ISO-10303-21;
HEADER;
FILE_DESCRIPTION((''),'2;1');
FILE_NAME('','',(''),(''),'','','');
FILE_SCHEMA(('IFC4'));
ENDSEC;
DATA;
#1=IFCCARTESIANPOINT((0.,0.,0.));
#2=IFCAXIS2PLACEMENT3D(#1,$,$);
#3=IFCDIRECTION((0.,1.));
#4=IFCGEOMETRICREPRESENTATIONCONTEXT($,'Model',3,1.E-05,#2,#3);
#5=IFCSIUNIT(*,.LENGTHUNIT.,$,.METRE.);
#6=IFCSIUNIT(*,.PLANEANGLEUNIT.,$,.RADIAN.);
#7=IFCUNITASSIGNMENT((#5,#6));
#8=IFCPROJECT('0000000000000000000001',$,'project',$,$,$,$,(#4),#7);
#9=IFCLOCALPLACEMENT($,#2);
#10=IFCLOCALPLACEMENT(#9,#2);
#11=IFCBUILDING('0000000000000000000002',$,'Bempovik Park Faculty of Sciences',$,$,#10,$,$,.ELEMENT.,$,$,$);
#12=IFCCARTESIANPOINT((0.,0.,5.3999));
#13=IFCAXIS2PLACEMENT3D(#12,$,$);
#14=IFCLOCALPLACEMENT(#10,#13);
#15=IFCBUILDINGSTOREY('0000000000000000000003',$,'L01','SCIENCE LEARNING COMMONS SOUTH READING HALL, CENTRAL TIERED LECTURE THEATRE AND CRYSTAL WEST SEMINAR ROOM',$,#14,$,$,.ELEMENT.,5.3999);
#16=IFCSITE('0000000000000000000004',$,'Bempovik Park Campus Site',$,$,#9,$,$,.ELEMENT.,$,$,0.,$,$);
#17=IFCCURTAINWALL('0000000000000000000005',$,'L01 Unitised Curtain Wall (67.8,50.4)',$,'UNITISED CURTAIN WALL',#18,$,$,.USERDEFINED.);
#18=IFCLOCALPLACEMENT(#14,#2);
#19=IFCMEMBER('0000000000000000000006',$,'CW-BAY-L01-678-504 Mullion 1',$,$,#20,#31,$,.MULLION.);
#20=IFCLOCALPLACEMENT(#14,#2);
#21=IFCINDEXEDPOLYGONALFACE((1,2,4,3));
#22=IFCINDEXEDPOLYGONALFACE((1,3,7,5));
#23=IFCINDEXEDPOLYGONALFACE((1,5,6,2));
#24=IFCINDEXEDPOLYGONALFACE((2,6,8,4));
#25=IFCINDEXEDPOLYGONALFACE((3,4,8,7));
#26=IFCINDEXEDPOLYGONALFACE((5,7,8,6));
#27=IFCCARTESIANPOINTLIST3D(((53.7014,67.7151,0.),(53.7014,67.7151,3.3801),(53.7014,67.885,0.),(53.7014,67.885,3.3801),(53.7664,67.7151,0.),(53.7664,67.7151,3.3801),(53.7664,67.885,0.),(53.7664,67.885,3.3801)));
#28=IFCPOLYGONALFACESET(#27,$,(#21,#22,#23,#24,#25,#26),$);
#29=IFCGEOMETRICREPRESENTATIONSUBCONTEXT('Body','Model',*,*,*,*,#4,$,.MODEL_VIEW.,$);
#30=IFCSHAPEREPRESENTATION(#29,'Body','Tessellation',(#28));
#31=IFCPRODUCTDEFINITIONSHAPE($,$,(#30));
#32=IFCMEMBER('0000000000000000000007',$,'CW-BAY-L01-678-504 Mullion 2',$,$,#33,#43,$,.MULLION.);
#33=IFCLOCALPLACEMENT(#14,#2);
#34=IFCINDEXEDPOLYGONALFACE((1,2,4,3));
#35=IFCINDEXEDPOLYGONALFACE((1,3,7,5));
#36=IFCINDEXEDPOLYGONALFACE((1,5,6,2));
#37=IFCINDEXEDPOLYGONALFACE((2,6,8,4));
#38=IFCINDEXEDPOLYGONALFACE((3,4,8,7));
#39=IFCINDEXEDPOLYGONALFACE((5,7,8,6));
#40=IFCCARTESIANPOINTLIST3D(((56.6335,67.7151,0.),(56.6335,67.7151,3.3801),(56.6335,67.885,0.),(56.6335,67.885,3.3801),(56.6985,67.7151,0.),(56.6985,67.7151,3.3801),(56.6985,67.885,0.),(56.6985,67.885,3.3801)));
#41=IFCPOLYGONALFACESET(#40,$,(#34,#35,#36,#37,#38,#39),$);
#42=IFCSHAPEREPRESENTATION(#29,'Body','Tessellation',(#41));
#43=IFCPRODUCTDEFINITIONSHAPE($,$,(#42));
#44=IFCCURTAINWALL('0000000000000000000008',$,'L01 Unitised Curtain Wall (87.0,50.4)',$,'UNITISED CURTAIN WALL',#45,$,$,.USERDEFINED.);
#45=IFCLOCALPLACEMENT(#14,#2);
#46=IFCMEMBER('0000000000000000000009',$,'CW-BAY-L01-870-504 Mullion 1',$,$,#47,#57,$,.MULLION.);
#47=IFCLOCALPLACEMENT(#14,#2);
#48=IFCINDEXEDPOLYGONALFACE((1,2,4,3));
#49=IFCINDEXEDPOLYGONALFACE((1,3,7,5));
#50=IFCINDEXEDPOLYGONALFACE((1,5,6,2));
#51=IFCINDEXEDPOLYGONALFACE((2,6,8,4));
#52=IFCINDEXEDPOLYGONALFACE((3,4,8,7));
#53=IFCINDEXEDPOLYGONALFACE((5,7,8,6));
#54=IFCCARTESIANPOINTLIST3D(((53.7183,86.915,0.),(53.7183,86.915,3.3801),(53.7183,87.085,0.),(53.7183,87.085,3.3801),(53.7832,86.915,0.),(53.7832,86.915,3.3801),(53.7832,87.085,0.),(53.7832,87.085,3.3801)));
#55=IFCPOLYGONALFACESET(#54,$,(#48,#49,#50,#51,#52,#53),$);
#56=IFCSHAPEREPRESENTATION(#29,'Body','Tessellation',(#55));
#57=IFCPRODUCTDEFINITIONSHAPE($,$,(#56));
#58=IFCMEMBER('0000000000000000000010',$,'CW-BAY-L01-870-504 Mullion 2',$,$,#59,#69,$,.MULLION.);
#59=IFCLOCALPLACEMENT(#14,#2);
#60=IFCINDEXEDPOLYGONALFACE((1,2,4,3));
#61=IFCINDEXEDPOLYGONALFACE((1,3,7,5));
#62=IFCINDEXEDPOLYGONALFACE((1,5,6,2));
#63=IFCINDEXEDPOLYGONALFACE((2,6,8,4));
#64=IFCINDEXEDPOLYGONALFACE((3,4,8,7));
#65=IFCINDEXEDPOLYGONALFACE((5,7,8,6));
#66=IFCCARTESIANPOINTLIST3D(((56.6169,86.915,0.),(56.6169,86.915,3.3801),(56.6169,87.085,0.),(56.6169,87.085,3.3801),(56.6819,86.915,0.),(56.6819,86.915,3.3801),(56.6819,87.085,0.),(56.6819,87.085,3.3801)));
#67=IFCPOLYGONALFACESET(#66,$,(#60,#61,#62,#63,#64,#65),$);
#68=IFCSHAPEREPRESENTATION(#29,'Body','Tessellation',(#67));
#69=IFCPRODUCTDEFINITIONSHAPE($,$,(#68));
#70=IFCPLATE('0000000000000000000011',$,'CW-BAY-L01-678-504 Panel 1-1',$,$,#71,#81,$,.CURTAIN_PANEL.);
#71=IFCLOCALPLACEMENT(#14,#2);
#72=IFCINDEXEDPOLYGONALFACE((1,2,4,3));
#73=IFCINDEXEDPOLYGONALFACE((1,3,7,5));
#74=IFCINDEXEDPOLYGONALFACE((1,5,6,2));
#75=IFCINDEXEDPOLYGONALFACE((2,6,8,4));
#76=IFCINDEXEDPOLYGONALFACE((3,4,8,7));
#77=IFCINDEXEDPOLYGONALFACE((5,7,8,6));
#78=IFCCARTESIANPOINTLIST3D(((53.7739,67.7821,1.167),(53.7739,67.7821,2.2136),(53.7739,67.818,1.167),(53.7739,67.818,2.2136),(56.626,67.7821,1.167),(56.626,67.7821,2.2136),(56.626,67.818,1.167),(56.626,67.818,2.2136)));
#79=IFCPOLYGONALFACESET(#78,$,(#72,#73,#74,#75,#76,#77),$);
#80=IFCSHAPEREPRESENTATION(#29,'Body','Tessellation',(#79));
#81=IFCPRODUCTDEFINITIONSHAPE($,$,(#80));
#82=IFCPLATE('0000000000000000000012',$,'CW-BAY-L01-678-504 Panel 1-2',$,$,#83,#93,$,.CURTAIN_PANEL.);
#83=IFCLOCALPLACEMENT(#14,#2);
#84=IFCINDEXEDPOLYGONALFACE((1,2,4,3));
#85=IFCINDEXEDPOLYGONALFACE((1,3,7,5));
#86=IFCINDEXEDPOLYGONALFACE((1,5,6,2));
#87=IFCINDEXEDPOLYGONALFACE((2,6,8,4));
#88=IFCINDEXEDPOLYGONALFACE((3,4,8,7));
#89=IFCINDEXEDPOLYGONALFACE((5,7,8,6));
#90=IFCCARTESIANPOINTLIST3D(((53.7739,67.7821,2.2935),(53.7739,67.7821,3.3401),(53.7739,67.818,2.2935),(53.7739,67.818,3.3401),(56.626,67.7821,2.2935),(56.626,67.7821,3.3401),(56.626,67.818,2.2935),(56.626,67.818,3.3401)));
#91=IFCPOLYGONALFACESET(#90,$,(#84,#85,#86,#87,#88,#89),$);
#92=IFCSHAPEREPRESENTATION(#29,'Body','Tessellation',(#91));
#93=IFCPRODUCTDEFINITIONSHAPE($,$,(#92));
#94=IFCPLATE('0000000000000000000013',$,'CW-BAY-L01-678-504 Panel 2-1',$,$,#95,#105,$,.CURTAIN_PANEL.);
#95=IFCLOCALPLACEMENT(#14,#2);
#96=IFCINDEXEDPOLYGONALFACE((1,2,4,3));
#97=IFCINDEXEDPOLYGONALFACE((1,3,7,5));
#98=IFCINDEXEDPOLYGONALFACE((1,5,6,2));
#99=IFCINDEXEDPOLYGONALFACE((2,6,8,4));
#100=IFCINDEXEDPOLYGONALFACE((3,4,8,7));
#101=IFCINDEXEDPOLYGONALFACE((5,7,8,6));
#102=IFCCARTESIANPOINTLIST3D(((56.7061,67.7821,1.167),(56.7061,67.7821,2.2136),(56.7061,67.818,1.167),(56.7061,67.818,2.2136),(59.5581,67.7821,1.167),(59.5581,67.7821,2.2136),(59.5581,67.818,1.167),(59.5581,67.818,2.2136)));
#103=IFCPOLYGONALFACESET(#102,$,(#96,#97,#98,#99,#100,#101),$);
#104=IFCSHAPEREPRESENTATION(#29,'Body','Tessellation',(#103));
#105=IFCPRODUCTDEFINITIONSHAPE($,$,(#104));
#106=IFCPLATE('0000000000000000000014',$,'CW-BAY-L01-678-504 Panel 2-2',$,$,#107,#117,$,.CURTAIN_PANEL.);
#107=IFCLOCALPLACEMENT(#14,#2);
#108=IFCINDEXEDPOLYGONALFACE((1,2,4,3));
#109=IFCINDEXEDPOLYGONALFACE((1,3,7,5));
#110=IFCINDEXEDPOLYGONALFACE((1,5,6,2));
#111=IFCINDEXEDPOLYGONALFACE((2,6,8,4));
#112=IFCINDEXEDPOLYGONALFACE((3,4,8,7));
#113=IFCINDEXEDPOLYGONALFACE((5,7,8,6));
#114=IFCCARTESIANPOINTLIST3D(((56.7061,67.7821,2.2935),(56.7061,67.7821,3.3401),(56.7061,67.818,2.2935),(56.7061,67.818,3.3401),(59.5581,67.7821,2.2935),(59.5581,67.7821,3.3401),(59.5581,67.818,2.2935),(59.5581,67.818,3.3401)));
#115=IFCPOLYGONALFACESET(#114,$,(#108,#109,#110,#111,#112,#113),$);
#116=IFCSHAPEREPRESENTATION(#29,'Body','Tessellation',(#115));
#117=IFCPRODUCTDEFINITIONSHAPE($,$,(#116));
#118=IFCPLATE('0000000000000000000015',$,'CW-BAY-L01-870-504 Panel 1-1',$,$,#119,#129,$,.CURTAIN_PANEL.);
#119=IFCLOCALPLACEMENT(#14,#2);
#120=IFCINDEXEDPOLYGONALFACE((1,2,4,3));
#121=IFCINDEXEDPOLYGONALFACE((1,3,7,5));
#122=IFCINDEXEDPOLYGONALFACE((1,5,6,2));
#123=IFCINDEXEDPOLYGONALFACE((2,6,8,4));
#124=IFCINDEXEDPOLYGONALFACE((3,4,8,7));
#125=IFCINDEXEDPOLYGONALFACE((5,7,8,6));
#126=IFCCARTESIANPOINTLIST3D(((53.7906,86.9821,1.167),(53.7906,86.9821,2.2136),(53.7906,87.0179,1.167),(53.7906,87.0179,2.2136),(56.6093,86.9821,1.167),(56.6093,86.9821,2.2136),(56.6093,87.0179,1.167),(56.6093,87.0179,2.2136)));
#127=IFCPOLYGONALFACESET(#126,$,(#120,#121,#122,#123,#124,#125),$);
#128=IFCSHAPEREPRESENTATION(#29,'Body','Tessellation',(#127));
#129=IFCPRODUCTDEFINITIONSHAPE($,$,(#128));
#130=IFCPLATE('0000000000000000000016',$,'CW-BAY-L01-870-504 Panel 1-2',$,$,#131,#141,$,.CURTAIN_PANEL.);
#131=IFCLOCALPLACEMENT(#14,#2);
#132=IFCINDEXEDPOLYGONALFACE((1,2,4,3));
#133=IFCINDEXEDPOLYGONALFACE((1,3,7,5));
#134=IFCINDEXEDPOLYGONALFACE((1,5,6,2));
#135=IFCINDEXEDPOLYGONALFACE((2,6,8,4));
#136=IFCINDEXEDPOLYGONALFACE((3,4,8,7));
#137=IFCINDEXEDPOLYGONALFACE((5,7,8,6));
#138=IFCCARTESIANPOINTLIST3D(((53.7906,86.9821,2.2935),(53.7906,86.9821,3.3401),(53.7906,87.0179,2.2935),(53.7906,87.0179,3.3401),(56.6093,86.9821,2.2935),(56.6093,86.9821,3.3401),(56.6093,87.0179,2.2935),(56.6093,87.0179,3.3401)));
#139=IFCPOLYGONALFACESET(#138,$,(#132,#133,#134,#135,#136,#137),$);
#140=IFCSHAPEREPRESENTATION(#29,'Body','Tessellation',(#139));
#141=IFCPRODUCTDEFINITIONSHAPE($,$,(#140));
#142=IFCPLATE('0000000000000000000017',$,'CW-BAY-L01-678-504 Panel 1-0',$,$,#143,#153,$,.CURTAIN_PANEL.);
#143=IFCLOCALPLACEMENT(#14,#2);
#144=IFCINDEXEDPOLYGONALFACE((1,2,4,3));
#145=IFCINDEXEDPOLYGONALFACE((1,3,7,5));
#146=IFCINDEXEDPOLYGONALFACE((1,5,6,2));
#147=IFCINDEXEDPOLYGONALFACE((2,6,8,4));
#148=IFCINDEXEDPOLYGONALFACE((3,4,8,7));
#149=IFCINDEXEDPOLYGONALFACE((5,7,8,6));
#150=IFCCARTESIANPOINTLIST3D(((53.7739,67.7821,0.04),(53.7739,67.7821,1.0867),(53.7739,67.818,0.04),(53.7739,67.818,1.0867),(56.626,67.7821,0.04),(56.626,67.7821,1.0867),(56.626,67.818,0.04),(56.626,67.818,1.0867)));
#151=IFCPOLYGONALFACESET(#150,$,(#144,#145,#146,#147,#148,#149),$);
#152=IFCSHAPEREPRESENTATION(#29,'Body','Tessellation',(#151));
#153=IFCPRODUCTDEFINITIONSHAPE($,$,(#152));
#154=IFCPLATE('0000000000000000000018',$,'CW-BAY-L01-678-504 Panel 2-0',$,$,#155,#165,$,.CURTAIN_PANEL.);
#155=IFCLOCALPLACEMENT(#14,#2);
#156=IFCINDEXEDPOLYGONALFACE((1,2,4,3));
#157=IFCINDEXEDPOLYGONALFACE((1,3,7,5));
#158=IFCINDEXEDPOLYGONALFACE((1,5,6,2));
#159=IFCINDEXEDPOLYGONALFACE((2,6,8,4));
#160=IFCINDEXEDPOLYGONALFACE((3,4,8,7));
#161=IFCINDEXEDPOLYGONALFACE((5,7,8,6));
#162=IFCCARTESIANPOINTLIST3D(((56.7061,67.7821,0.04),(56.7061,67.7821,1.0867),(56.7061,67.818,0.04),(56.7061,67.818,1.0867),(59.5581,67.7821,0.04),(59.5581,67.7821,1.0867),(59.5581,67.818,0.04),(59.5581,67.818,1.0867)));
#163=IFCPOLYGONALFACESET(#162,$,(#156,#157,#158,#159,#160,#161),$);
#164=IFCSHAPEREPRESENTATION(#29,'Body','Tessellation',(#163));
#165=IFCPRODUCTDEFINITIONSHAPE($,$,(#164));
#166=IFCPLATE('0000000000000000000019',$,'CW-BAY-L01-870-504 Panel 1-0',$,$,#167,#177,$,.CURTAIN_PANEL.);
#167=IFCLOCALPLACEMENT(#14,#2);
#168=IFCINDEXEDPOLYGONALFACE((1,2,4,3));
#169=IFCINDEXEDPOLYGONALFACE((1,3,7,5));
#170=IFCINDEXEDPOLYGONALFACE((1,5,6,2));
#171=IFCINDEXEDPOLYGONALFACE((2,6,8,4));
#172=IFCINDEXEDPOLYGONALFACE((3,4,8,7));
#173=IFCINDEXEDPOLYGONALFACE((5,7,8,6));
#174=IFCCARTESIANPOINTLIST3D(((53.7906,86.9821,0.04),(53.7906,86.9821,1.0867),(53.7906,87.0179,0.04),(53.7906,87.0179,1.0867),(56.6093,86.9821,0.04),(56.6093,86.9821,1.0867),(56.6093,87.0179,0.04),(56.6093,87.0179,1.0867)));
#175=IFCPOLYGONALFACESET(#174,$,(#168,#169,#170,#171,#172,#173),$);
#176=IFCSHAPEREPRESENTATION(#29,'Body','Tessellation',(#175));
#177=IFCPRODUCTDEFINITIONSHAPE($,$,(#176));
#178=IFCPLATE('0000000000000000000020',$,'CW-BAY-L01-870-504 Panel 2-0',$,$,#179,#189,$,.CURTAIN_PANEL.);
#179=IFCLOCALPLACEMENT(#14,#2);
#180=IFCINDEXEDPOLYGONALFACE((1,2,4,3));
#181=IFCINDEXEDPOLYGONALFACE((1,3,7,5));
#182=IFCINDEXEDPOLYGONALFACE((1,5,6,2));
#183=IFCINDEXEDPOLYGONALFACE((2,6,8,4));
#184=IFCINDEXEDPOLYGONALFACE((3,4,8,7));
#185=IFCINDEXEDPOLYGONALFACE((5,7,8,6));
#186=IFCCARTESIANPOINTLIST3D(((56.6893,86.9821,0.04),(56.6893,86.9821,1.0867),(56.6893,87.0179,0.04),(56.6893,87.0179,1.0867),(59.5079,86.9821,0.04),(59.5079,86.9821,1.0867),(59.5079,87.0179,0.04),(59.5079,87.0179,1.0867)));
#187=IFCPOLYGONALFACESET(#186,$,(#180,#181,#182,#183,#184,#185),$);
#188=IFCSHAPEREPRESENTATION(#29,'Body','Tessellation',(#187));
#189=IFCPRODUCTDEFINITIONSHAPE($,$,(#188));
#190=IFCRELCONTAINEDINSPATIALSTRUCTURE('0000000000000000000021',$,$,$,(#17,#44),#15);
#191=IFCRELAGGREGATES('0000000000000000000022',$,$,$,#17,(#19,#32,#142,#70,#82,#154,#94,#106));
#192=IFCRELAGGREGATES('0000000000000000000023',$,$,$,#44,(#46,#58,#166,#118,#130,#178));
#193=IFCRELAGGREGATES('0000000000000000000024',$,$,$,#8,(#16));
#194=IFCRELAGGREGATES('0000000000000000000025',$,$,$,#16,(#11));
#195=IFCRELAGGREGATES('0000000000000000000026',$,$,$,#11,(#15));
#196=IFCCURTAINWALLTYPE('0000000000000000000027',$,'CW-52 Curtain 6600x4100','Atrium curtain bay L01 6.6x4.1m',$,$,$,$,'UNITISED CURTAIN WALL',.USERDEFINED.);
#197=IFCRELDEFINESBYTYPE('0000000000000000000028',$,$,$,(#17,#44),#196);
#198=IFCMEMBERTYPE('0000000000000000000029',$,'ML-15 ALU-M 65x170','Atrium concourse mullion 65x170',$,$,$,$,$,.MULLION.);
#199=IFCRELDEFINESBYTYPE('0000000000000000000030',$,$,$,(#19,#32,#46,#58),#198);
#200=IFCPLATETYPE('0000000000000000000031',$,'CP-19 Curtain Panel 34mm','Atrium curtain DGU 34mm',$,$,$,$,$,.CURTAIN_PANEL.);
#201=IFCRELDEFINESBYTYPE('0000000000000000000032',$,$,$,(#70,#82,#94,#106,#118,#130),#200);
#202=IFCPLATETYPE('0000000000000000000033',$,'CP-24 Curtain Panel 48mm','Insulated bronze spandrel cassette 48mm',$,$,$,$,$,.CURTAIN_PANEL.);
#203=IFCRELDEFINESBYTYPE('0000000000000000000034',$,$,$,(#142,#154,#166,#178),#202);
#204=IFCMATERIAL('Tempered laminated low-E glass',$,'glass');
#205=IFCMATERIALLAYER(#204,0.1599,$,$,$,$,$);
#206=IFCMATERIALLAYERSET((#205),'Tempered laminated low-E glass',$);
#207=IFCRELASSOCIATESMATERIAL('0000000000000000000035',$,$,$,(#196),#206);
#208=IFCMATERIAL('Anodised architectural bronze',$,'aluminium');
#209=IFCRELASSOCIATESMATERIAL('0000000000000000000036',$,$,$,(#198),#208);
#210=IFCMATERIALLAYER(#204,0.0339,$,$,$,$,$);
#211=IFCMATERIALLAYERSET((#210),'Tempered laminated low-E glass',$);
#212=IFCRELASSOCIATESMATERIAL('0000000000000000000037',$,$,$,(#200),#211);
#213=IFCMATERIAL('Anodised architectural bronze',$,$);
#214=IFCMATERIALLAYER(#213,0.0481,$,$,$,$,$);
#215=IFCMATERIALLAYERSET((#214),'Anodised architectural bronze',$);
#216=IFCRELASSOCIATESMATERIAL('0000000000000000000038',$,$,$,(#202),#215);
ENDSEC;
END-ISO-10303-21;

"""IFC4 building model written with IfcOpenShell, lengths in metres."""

from ifc_helpers import new_model, si_unit, direction, frame, origin, origin_2d, place, context, subcontext, project, spatial, rectangle, extrude, material, layer, layer_set, material_profile, profile_set, type_object, element, aggregate, save


model = new_model("IFC4")

# Units and contexts
model_context = context("Model", 3, precision=1e-05, world=origin(), true_north=direction((0.0, 1.0)))
body_context = subcontext(model_context, "Body", "Model", "MODEL_VIEW")
ifc_project = project(units=[si_unit("LENGTHUNIT", "METRE"), si_unit("PLANEANGLEUNIT", "RADIAN")], contexts=[model_context])

# Site, building, storey
site_placement = place(None, origin())
site = spatial("IfcSite", under=ifc_project, at=site_placement, Name="Bempovik Park Campus Site", CompositionType="ELEMENT", RefElevation=0.0)
building_placement = place(site_placement, origin())
building = spatial("IfcBuilding", under=site, at=building_placement, Name="Bempovik Park Faculty of Sciences", CompositionType="ELEMENT")
storey_placement = place(building_placement, frame((0.0, 0.0, 5.3999)))
storey = spatial("IfcBuildingStorey", under=building, at=storey_placement, Name="L01", Description="SCIENCE LEARNING COMMONS SOUTH READING HALL, CENTRAL TIERED LECTURE THEATRE AND CRYSTAL WEST SEMINAR ROOM", CompositionType="ELEMENT", Elevation=5.3999)

# Curtain walls, members
ifc_material_1 = material(Name="Tempered laminated low-E glass", Category="glass")
ifc_layer_1 = layer(ifc_material_1, 0.1599)
ifc_layer_set_1 = layer_set([ifc_layer_1], Name="Tempered laminated low-E glass")
curtain_wall_type = type_object("IfcCurtainWallType", Name="CW-52 Curtain 6600x4100", Description="Atrium curtain bay L01 6.6x4.1m", ElementType="UNITISED CURTAIN WALL", PredefinedType="USERDEFINED", material=ifc_layer_set_1)
curtain_wall_1_placement = place(storey_placement, origin())
curtain_wall_1 = element("IfcCurtainWall", 1, at=curtain_wall_1_placement, inside=storey, type_object=curtain_wall_type, Name="L01 Unitised Curtain Wall (67.8,50.4)", ObjectType="UNITISED CURTAIN WALL", PredefinedType="USERDEFINED")
ifc_material_2 = material(Name="Anodised architectural bronze", Category="aluminium")
ifc_material_profile = material_profile(ifc_material_2, rectangle(XDim=0.0649, YDim=0.1699, at=origin_2d()), Name="ALU-M 65x170")
ifc_profile_set = profile_set([ifc_material_profile], Name="Anodised architectural bronze")
member_type = type_object("IfcMemberType", Name="ML-15 ALU-M 65x170", Description="Atrium concourse mullion 65x170", PredefinedType="MULLION", material=ifc_profile_set)
member_1_placement = place(storey_placement, frame((53.7339, 67.8, 0.0), z_axis=(0.0, 0.0, 1.0), x_axis=(1.0, 0.0, 0.0)))
member_1 = element("IfcMember", 2, at=member_1_placement, type_object=member_type, Name="CW-BAY-L01-678-504 Mullion 1", PredefinedType="MULLION", context=body_context, shape_type="SweptSolid", body=[
    extrude(rectangle(XDim=0.0649, YDim=0.1699, at=origin_2d()), origin(), (0.0, 0.0, 1.0), 3.3801),
])
member_2_placement = place(storey_placement, frame((56.666, 67.8, 0.0), z_axis=(0.0, 0.0, 1.0), x_axis=(1.0, 0.0, 0.0)))
member_2 = element("IfcMember", 3, at=member_2_placement, type_object=member_type, Name="CW-BAY-L01-678-504 Mullion 2", PredefinedType="MULLION", context=body_context, shape_type="SweptSolid", body=[
    extrude(rectangle(XDim=0.0649, YDim=0.1699, at=origin_2d()), origin(), (0.0, 0.0, 1.0), 3.3801),
])
curtain_wall_2_placement = place(storey_placement, origin())
curtain_wall_2 = element("IfcCurtainWall", 4, at=curtain_wall_2_placement, inside=storey, type_object=curtain_wall_type, Name="L01 Unitised Curtain Wall (87.0,50.4)", ObjectType="UNITISED CURTAIN WALL", PredefinedType="USERDEFINED")
member_3_placement = place(storey_placement, frame((53.7507, 87.0, 0.0), z_axis=(0.0, 0.0, 1.0), x_axis=(1.0, 0.0, 0.0)))
member_3 = element("IfcMember", 5, at=member_3_placement, type_object=member_type, Name="CW-BAY-L01-870-504 Mullion 1", PredefinedType="MULLION", context=body_context, shape_type="SweptSolid", body=[
    extrude(rectangle(XDim=0.0649, YDim=0.1699, at=origin_2d()), origin(), (0.0, 0.0, 1.0), 3.3801),
])
member_4_placement = place(storey_placement, frame((56.6494, 87.0, 0.0), z_axis=(0.0, 0.0, 1.0), x_axis=(1.0, 0.0, 0.0)))
member_4 = element("IfcMember", 6, at=member_4_placement, type_object=member_type, Name="CW-BAY-L01-870-504 Mullion 2", PredefinedType="MULLION", context=body_context, shape_type="SweptSolid", body=[
    extrude(rectangle(XDim=0.0649, YDim=0.1699, at=origin_2d()), origin(), (0.0, 0.0, 1.0), 3.3801),
])

# Plates
ifc_layer_2 = layer(ifc_material_1, 0.0339)
ifc_layer_set_2 = layer_set([ifc_layer_2], Name="Tempered laminated low-E glass")
plate_type_1 = type_object("IfcPlateType", Name="CP-19 Curtain Panel 34mm", Description="Atrium curtain DGU 34mm", PredefinedType="CURTAIN_PANEL", material=ifc_layer_set_2)
plate_1_placement = place(storey_placement, frame((55.2, 67.8, 1.167), z_axis=(0.0, 0.0, 1.0), x_axis=(1.0, 0.0, 0.0)))
plate_1 = element("IfcPlate", 7, at=plate_1_placement, type_object=plate_type_1, Name="CW-BAY-L01-678-504 Panel 1-1", PredefinedType="CURTAIN_PANEL", context=body_context, shape_type="SweptSolid", body=[
    extrude(rectangle(XDim=2.8521, YDim=0.0359, at=origin_2d()), origin(), (0.0, 0.0, 1.0), 1.0466),
])
plate_2_placement = place(storey_placement, frame((55.2, 67.8, 2.2935), z_axis=(0.0, 0.0, 1.0), x_axis=(1.0, 0.0, 0.0)))
plate_2 = element("IfcPlate", 8, at=plate_2_placement, type_object=plate_type_1, Name="CW-BAY-L01-678-504 Panel 1-2", PredefinedType="CURTAIN_PANEL", context=body_context, shape_type="SweptSolid", body=[
    extrude(rectangle(XDim=2.8521, YDim=0.0359, at=origin_2d()), origin(), (0.0, 0.0, 1.0), 1.0466),
])
plate_3_placement = place(storey_placement, frame((58.1321, 67.8, 1.167), z_axis=(0.0, 0.0, 1.0), x_axis=(1.0, 0.0, 0.0)))
plate_3 = element("IfcPlate", 9, at=plate_3_placement, type_object=plate_type_1, Name="CW-BAY-L01-678-504 Panel 2-1", PredefinedType="CURTAIN_PANEL", context=body_context, shape_type="SweptSolid", body=[
    extrude(rectangle(XDim=2.8521, YDim=0.0359, at=origin_2d()), origin(), (0.0, 0.0, 1.0), 1.0466),
])
plate_4_placement = place(storey_placement, frame((58.1321, 67.8, 2.2935), z_axis=(0.0, 0.0, 1.0), x_axis=(1.0, 0.0, 0.0)))
plate_4 = element("IfcPlate", 10, at=plate_4_placement, type_object=plate_type_1, Name="CW-BAY-L01-678-504 Panel 2-2", PredefinedType="CURTAIN_PANEL", context=body_context, shape_type="SweptSolid", body=[
    extrude(rectangle(XDim=2.8521, YDim=0.0359, at=origin_2d()), origin(), (0.0, 0.0, 1.0), 1.0466),
])
plate_5_placement = place(storey_placement, frame((55.2, 87.0, 1.167), z_axis=(0.0, 0.0, 1.0), x_axis=(1.0, 0.0, 0.0)))
plate_5 = element("IfcPlate", 11, at=plate_5_placement, type_object=plate_type_1, Name="CW-BAY-L01-870-504 Panel 1-1", PredefinedType="CURTAIN_PANEL", context=body_context, shape_type="SweptSolid", body=[
    extrude(rectangle(XDim=2.8186, YDim=0.0359, at=origin_2d()), origin(), (0.0, 0.0, 1.0), 1.0466),
])
plate_6_placement = place(storey_placement, frame((55.2, 87.0, 2.2935), z_axis=(0.0, 0.0, 1.0), x_axis=(1.0, 0.0, 0.0)))
plate_6 = element("IfcPlate", 12, at=plate_6_placement, type_object=plate_type_1, Name="CW-BAY-L01-870-504 Panel 1-2", PredefinedType="CURTAIN_PANEL", context=body_context, shape_type="SweptSolid", body=[
    extrude(rectangle(XDim=2.8186, YDim=0.0359, at=origin_2d()), origin(), (0.0, 0.0, 1.0), 1.0466),
])
ifc_material_3 = material(Name="Anodised architectural bronze")
ifc_layer_3 = layer(ifc_material_3, 0.0481)
ifc_layer_set_3 = layer_set([ifc_layer_3], Name="Anodised architectural bronze")
plate_type_2 = type_object("IfcPlateType", Name="CP-24 Curtain Panel 48mm", Description="Insulated bronze spandrel cassette 48mm", PredefinedType="CURTAIN_PANEL", material=ifc_layer_set_3)
plate_7_placement = place(storey_placement, frame((55.2, 67.8, 0.04), z_axis=(0.0, 0.0, 1.0), x_axis=(1.0, 0.0, 0.0)))
plate_7 = element("IfcPlate", 13, at=plate_7_placement, type_object=plate_type_2, Name="CW-BAY-L01-678-504 Panel 1-0", PredefinedType="CURTAIN_PANEL", context=body_context, shape_type="SweptSolid", body=[
    extrude(rectangle(XDim=2.8521, YDim=0.0359, at=origin_2d()), origin(), (0.0, 0.0, 1.0), 1.0466),
])
plate_8_placement = place(storey_placement, frame((58.1321, 67.8, 0.04), z_axis=(0.0, 0.0, 1.0), x_axis=(1.0, 0.0, 0.0)))
plate_8 = element("IfcPlate", 14, at=plate_8_placement, type_object=plate_type_2, Name="CW-BAY-L01-678-504 Panel 2-0", PredefinedType="CURTAIN_PANEL", context=body_context, shape_type="SweptSolid", body=[
    extrude(rectangle(XDim=2.8521, YDim=0.0359, at=origin_2d()), origin(), (0.0, 0.0, 1.0), 1.0466),
])
aggregate(curtain_wall_1, [member_1, member_2, plate_7, plate_1, plate_2, plate_8, plate_3, plate_4])
plate_9_placement = place(storey_placement, frame((55.2, 87.0, 0.04), z_axis=(0.0, 0.0, 1.0), x_axis=(1.0, 0.0, 0.0)))
plate_9 = element("IfcPlate", 15, at=plate_9_placement, type_object=plate_type_2, Name="CW-BAY-L01-870-504 Panel 1-0", PredefinedType="CURTAIN_PANEL", context=body_context, shape_type="SweptSolid", body=[
    extrude(rectangle(XDim=2.8186, YDim=0.0359, at=origin_2d()), origin(), (0.0, 0.0, 1.0), 1.0466),
])
plate_10_placement = place(storey_placement, frame((58.0986, 87.0, 0.04), z_axis=(0.0, 0.0, 1.0), x_axis=(1.0, 0.0, 0.0)))
plate_10 = element("IfcPlate", 16, at=plate_10_placement, type_object=plate_type_2, Name="CW-BAY-L01-870-504 Panel 2-0", PredefinedType="CURTAIN_PANEL", context=body_context, shape_type="SweptSolid", body=[
    extrude(rectangle(XDim=2.8186, YDim=0.0359, at=origin_2d()), origin(), (0.0, 0.0, 1.0), 1.0466),
])
aggregate(curtain_wall_2, [member_3, member_4, plate_9, plate_5, plate_6, plate_10])

save(model, "model.ifc")
